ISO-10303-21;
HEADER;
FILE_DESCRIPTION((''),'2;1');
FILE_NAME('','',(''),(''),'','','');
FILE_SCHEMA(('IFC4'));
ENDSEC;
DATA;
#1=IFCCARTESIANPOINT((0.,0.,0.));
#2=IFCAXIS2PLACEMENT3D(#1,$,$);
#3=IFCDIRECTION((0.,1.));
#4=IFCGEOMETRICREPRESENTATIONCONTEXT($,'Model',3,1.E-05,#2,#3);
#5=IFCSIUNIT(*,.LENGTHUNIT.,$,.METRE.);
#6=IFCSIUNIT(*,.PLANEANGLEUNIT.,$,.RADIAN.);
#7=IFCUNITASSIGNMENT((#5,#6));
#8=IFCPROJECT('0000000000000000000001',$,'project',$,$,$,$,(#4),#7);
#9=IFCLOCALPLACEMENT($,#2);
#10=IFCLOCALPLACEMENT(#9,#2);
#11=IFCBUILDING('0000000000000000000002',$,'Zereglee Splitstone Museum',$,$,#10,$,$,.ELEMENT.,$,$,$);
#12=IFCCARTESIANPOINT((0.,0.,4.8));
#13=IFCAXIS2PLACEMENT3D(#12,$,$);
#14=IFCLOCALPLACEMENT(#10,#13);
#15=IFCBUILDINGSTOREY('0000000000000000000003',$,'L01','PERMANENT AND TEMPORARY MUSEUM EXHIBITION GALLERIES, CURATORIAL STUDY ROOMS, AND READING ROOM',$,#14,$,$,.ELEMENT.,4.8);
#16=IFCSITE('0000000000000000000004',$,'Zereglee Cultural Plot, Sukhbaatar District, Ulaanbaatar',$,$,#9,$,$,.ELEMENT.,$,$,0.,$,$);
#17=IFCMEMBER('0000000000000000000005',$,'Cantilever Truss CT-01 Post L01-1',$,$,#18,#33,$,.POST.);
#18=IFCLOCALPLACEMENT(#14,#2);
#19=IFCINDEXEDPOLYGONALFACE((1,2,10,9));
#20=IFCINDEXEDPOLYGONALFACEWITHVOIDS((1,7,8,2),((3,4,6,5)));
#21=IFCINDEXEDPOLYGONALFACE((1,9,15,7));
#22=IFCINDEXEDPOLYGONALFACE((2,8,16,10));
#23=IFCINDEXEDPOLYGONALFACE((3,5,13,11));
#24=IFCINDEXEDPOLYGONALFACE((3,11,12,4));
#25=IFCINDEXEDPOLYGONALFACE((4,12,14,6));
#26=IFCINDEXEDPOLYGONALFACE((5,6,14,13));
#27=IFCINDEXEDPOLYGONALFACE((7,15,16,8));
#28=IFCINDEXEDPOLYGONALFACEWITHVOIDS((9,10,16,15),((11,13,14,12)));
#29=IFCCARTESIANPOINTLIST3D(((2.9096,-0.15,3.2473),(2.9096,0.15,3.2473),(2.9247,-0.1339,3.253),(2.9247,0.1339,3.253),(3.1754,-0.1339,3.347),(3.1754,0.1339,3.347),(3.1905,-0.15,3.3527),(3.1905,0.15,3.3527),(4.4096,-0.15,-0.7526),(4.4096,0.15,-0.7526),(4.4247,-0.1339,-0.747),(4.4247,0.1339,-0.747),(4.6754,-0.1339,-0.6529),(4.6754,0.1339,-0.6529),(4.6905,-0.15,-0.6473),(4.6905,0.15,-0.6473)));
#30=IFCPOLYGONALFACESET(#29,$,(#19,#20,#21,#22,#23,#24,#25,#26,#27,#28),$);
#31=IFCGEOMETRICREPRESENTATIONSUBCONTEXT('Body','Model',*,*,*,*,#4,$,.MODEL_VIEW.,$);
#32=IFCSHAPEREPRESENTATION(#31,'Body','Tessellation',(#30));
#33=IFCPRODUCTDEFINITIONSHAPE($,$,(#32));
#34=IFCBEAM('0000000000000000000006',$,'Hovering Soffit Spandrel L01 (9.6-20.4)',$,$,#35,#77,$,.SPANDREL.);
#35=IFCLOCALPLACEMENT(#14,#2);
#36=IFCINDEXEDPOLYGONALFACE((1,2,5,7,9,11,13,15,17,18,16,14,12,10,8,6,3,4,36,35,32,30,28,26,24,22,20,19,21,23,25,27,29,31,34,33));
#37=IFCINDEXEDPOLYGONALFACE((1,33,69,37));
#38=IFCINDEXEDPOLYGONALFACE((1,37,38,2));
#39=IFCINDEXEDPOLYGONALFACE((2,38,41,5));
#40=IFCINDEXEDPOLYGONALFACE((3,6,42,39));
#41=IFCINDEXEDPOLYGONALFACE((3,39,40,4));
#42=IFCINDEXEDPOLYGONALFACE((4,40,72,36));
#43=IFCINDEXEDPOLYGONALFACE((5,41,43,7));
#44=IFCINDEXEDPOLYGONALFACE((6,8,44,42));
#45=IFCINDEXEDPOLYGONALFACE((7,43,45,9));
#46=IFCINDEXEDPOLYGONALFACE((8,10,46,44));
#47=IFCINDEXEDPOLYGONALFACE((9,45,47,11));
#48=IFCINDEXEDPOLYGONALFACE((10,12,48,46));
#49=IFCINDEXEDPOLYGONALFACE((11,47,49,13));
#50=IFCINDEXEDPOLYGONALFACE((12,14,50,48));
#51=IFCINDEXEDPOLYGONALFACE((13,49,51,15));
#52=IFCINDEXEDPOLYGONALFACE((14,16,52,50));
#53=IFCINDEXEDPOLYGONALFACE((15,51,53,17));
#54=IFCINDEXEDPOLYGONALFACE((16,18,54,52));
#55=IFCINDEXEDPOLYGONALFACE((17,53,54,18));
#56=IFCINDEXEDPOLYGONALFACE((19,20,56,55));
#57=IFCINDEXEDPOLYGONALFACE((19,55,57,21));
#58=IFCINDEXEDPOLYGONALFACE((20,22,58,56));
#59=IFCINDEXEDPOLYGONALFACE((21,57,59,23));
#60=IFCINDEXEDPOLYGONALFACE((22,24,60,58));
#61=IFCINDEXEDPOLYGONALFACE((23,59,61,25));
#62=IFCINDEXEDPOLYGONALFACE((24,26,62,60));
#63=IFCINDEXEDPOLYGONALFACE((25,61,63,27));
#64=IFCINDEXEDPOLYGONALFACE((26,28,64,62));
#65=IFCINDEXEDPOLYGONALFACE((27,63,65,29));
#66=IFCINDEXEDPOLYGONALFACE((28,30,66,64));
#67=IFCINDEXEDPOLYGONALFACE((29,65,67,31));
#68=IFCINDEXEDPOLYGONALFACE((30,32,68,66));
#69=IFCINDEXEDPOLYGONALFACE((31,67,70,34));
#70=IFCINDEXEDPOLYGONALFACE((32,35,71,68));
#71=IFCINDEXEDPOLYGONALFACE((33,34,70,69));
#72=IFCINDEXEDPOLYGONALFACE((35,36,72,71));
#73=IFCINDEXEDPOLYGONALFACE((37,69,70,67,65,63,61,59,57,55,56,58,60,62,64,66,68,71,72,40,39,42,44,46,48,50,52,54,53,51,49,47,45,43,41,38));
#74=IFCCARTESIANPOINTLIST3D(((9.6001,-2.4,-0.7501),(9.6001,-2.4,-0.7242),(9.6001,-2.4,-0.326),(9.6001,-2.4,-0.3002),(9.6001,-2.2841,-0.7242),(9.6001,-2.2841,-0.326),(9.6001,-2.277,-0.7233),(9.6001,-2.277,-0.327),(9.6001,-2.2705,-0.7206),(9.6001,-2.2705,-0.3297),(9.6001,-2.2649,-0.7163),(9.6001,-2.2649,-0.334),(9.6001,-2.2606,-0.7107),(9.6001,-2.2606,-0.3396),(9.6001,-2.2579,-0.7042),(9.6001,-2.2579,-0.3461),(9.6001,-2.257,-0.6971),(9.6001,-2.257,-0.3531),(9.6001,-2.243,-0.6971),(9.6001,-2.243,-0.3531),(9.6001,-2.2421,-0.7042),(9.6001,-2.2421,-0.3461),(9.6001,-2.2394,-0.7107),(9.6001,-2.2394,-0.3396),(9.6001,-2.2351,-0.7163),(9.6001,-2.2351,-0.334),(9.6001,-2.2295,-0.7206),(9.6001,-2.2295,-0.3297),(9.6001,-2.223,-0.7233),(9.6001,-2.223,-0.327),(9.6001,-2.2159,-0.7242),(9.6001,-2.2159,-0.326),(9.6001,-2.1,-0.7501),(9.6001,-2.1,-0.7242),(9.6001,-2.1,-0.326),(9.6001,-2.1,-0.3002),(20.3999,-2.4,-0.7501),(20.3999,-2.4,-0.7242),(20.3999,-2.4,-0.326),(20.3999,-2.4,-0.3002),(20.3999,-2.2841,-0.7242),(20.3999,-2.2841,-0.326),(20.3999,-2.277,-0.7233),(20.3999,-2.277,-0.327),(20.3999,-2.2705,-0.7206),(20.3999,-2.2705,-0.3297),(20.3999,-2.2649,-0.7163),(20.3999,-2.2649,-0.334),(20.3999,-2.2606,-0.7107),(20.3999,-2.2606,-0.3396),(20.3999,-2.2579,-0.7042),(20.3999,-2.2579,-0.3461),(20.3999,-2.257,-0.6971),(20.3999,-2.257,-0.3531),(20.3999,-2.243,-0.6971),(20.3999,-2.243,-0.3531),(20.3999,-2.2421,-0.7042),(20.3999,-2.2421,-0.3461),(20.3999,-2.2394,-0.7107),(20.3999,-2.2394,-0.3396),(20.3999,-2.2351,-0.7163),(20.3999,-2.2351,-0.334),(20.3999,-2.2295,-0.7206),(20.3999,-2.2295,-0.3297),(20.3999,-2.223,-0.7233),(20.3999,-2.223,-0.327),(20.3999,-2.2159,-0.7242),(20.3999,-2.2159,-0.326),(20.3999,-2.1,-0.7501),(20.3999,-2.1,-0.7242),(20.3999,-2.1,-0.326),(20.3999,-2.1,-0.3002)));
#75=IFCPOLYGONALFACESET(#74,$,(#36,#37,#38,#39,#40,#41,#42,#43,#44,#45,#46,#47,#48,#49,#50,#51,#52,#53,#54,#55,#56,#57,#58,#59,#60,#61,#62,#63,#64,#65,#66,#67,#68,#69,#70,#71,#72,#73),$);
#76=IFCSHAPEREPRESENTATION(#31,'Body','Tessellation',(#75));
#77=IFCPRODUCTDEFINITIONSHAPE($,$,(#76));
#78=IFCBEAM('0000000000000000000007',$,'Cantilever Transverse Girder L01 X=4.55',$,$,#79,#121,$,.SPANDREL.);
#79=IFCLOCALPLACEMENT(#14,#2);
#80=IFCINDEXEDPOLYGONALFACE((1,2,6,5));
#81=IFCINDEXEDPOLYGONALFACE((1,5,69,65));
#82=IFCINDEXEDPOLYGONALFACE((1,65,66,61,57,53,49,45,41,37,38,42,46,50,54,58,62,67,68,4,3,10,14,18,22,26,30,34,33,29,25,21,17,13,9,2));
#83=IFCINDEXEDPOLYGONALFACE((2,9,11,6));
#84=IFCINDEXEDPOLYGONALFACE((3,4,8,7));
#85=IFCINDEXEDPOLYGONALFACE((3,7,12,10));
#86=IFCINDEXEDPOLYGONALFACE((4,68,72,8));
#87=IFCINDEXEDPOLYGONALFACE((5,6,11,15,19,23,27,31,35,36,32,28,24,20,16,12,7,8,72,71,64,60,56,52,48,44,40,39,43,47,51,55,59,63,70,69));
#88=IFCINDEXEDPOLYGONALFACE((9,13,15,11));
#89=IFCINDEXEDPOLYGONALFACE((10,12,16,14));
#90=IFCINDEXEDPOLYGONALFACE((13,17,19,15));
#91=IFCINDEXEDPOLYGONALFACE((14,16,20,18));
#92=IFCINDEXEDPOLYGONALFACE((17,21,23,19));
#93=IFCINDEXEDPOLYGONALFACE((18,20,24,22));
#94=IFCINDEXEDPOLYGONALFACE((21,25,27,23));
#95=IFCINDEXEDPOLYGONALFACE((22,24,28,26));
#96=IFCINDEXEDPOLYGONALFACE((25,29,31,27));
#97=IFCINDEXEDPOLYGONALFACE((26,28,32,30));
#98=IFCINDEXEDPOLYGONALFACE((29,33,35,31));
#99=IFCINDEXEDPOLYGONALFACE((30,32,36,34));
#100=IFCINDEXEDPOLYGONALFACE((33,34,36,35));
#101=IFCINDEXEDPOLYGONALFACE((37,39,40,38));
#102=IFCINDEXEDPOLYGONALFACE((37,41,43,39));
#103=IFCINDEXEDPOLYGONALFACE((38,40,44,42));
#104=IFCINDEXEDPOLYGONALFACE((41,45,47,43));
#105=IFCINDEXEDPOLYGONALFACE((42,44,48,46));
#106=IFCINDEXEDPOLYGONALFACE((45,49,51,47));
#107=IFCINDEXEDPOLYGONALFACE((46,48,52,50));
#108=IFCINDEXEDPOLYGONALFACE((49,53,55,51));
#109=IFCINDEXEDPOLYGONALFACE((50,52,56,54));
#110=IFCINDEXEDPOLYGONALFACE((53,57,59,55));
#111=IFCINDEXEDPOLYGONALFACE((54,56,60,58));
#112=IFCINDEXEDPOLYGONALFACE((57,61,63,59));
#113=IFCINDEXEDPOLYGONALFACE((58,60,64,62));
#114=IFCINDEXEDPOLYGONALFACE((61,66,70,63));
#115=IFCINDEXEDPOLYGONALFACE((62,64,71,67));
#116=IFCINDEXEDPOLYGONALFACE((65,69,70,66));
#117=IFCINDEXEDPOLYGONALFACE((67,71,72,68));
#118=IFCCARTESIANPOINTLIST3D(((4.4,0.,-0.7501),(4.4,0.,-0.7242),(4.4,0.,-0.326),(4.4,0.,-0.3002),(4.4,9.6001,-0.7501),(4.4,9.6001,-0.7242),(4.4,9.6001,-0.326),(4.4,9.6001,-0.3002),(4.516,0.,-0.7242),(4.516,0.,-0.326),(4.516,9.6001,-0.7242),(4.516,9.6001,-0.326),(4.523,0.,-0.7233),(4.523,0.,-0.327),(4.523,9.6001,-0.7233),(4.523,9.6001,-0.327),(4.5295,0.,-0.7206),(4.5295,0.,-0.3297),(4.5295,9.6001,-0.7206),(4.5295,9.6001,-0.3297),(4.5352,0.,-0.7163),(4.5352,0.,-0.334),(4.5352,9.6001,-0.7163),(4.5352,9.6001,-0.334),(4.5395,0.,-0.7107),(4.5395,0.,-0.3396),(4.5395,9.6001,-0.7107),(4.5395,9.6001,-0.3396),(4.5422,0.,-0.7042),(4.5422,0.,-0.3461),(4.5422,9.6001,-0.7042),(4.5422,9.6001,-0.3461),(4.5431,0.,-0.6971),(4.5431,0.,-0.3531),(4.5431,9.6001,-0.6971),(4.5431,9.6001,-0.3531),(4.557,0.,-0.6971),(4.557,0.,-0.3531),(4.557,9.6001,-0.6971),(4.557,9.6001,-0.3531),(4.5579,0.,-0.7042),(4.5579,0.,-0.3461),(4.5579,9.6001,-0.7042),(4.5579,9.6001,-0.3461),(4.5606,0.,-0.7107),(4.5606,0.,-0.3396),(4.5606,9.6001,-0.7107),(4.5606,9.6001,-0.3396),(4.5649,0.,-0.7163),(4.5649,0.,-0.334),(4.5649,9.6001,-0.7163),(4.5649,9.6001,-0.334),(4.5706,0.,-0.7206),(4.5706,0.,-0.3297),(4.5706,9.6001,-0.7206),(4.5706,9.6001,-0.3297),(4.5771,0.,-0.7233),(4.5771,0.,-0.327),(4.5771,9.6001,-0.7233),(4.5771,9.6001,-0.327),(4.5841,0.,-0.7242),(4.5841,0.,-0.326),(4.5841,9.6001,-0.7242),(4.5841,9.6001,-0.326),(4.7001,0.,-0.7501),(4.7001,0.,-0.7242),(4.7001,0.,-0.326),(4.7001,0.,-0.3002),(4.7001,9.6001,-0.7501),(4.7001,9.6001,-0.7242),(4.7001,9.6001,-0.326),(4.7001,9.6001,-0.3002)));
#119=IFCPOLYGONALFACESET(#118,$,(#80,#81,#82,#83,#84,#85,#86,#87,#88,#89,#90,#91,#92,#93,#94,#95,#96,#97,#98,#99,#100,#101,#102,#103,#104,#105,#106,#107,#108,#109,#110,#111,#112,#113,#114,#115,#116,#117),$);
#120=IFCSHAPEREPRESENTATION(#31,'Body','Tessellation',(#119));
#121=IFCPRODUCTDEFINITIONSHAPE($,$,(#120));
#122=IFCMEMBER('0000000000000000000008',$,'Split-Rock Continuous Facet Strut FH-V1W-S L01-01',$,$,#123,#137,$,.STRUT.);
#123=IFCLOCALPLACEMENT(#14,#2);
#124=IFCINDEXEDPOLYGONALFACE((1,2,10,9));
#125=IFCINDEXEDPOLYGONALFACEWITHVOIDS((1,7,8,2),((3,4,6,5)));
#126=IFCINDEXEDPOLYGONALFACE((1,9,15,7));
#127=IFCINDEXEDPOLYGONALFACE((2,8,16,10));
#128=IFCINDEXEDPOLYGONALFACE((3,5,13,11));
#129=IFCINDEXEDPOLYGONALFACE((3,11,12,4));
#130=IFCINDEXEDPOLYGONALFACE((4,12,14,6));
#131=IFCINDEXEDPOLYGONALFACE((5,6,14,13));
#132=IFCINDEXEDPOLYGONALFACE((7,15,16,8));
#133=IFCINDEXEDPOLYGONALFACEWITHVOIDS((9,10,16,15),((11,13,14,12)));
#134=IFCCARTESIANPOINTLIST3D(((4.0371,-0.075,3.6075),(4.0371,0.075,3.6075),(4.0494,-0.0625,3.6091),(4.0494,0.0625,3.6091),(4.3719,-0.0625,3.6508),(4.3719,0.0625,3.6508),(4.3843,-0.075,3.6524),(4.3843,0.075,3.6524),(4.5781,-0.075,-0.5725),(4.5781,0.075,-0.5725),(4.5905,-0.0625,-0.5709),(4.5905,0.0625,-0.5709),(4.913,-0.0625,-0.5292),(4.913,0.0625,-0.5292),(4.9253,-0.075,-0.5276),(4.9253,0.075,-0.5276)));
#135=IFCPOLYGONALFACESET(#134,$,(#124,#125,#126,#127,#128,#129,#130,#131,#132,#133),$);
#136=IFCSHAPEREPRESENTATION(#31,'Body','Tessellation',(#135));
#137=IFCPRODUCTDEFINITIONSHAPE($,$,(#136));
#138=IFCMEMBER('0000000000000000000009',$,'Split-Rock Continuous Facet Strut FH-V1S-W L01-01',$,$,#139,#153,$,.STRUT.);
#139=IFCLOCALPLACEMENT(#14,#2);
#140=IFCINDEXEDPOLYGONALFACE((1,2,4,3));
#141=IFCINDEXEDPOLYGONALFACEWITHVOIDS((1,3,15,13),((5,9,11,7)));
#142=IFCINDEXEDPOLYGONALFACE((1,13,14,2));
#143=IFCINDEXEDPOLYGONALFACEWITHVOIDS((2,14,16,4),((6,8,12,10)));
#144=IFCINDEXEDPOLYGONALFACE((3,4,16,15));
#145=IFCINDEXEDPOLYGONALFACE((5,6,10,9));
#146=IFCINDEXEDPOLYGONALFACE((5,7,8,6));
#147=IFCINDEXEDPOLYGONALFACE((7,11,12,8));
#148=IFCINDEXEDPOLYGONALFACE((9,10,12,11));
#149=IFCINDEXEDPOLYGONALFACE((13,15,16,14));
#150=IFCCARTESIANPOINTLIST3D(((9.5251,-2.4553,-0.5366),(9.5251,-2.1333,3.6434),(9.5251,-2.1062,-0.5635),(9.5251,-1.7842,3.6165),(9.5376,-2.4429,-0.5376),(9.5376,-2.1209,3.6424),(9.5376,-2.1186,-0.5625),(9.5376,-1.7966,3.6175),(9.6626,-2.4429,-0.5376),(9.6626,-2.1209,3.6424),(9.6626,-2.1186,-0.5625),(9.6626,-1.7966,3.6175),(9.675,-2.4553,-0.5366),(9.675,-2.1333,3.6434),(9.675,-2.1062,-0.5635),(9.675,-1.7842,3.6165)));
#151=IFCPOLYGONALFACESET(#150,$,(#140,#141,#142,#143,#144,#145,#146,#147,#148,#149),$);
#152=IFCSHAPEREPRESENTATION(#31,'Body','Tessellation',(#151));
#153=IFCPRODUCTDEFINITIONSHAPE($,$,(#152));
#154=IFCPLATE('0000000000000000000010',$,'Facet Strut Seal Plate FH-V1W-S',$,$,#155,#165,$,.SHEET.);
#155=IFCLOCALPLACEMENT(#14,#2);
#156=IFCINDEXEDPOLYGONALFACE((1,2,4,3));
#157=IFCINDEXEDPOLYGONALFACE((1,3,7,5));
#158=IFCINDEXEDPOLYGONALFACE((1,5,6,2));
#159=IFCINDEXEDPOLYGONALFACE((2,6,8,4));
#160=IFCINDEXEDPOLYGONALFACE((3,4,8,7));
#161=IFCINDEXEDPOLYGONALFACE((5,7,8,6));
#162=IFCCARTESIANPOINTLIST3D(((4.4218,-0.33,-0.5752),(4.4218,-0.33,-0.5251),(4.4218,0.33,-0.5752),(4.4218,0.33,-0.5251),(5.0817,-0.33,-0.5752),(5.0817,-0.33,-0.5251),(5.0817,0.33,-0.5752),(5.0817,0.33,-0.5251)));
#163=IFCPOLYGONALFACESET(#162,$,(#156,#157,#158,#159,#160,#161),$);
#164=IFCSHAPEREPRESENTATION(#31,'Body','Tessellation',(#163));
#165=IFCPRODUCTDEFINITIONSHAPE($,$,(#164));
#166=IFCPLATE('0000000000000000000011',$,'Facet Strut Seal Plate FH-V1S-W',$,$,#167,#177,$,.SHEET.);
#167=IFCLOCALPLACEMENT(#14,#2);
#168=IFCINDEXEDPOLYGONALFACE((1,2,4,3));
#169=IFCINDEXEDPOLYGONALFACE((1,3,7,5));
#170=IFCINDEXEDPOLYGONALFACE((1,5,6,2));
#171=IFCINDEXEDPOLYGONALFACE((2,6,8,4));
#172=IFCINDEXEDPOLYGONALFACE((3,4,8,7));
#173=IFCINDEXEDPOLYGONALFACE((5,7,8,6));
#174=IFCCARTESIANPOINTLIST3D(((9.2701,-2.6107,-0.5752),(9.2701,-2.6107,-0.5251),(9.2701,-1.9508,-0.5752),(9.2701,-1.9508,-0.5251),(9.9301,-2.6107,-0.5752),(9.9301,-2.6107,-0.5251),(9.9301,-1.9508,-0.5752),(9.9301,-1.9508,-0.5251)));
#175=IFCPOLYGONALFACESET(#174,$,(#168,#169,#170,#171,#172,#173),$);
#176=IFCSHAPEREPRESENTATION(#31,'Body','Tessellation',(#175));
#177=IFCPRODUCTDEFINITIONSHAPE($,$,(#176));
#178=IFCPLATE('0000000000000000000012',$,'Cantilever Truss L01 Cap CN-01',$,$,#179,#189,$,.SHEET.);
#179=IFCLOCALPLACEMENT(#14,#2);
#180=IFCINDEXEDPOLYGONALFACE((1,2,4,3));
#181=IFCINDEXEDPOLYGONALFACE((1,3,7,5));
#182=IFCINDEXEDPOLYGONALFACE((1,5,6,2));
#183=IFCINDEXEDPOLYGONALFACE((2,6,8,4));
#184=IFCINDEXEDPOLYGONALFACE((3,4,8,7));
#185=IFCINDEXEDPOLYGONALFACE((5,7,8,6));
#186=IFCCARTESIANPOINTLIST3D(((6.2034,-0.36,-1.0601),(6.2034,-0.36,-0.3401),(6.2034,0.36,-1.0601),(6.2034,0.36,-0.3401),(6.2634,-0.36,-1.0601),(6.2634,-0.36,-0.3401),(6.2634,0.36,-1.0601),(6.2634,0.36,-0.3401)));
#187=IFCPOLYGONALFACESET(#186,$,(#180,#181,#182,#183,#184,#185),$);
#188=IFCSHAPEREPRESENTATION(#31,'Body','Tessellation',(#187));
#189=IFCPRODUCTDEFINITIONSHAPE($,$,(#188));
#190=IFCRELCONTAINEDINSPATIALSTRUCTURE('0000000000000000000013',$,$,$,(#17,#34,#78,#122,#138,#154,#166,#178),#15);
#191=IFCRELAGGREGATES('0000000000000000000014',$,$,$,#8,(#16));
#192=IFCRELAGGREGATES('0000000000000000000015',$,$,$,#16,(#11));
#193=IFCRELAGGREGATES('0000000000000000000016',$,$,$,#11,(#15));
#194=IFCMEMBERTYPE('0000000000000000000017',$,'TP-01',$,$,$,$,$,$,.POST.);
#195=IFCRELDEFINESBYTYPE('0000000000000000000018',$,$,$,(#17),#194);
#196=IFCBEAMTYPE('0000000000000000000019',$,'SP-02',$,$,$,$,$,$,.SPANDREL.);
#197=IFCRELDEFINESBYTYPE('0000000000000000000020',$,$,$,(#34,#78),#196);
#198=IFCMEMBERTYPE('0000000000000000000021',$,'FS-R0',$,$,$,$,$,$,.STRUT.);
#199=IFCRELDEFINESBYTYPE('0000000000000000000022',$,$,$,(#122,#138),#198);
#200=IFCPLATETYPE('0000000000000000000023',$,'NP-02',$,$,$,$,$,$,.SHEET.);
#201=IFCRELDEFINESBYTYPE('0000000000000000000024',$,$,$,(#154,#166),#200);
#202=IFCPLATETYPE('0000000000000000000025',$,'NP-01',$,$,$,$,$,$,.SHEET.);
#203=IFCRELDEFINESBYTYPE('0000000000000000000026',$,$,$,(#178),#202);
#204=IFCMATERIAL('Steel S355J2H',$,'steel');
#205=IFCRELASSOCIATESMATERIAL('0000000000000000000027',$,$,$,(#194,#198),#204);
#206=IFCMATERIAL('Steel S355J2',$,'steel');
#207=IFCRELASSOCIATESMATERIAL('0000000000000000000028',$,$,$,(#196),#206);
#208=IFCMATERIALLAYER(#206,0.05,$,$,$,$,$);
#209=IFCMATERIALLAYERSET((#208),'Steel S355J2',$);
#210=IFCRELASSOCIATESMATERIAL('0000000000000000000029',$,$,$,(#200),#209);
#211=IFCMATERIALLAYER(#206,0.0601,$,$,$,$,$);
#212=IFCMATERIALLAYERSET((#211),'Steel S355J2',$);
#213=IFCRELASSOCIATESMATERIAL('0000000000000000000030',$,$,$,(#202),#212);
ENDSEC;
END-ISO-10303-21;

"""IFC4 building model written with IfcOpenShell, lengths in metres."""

from ifc_helpers import new_model, si_unit, direction, frame, origin, origin_2d, place, context, subcontext, project, spatial, rectangle, hollow_rectangle, i_section, extrude, material, layer, layer_set, material_profile, profile_set, type_object, element, save


model = new_model("IFC4")

# Units and contexts
model_context = context("Model", 3, precision=1e-05, world=origin(), true_north=direction((0.0, 1.0)))
body_context = subcontext(model_context, "Body", "Model", "MODEL_VIEW")
ifc_project = project(units=[si_unit("LENGTHUNIT", "METRE"), si_unit("PLANEANGLEUNIT", "RADIAN")], contexts=[model_context])

# Site, building, storey
site_placement = place(None, origin())
site = spatial("IfcSite", under=ifc_project, at=site_placement, Name="Zereglee Cultural Plot, Sukhbaatar District, Ulaanbaatar", CompositionType="ELEMENT", RefElevation=0.0)
building_placement = place(site_placement, origin())
building = spatial("IfcBuilding", under=site, at=building_placement, Name="Zereglee Splitstone Museum", CompositionType="ELEMENT")
storey_placement = place(building_placement, frame((0.0, 0.0, 4.8)))
storey = spatial("IfcBuildingStorey", under=building, at=storey_placement, Name="L01", Description="PERMANENT AND TEMPORARY MUSEUM EXHIBITION GALLERIES, CURATORIAL STUDY ROOMS, AND READING ROOM", CompositionType="ELEMENT", Elevation=4.8)

# Shared definitions
ifc_material_1 = material(Name="Steel S355J2H", Category="steel")

# Shared definitions
ifc_material_2 = material(Name="Steel S355J2", Category="steel")

# Member
ifc_material_profile_1 = material_profile(ifc_material_1, hollow_rectangle(XDim=0.3, YDim=0.3, WallThickness=0.0161, at=origin_2d()), Name="SHS 300x300x16")
ifc_profile_set_1 = profile_set([ifc_material_profile_1], Name="Steel S355J2H")
member_type_1 = type_object("IfcMemberType", Name="TP-01", PredefinedType="POST", material=ifc_profile_set_1)
member_1_placement = place(storey_placement, frame((4.55, 0.0, -0.7), z_axis=(-0.351123, 0.0, 0.936329), x_axis=(0.0, -1.0, 0.0)))
element("IfcMember", 1, at=member_1_placement, inside=storey, type_object=member_type_1, Name="Cantilever Truss CT-01 Post L01-1", PredefinedType="POST", context=body_context, shape_type="SweptSolid", body=[
    extrude(hollow_rectangle(XDim=0.3, YDim=0.3, WallThickness=0.0161, at=origin_2d()), origin(), (0.0, 0.0, 1.0), 4.272),
])

# Beams
ifc_material_profile_2 = material_profile(ifc_material_2, i_section(OverallWidth=0.3, OverallDepth=0.45, WebThickness=0.0139, FlangeThickness=0.0259, FilletRadius=0.0271, at=origin_2d()), Name="HE 450 B")
ifc_profile_set_2 = profile_set([ifc_material_profile_2], Name="Steel S355J2")
beam_type_1 = type_object("IfcBeamType", Name="SP-02", PredefinedType="SPANDREL", material=ifc_profile_set_2)
beam_1_placement = place(storey_placement, frame((9.6001, -2.25, -0.5251), z_axis=(1.0, 0.0, 0.0), x_axis=(0.0, 1.0, 0.0)))
element("IfcBeam", 2, at=beam_1_placement, inside=storey, type_object=beam_type_1, Name="Hovering Soffit Spandrel L01 (9.6-20.4)", PredefinedType="SPANDREL", context=body_context, shape_type="SweptSolid", body=[
    extrude(i_section(OverallWidth=0.3, OverallDepth=0.45, WebThickness=0.0139, FlangeThickness=0.0259, FilletRadius=0.0271, at=origin_2d()), origin(), (0.0, 0.0, 1.0), 10.7998),
])
beam_2_placement = place(storey_placement, frame((4.55, 0.0, -0.5251), z_axis=(0.0, 1.0, 0.0), x_axis=(-1.0, 0.0, 0.0)))
element("IfcBeam", 3, at=beam_2_placement, inside=storey, type_object=beam_type_1, Name="Cantilever Transverse Girder L01 X=4.55", PredefinedType="SPANDREL", context=body_context, shape_type="SweptSolid", body=[
    extrude(i_section(OverallWidth=0.3, OverallDepth=0.45, WebThickness=0.0139, FlangeThickness=0.0259, FilletRadius=0.0271, at=origin_2d()), origin(), (0.0, 0.0, 1.0), 9.6001),
])

# Members
ifc_material_profile_3 = material_profile(ifc_material_1, hollow_rectangle(XDim=0.1499, YDim=0.3501, WallThickness=0.0125, at=origin_2d()), Name="RHS 350x150x12.5")
ifc_profile_set_3 = profile_set([ifc_material_profile_3], Name="Steel S355J2H")
member_type_2 = type_object("IfcMemberType", Name="FS-R0", PredefinedType="STRUT", material=ifc_profile_set_3)
member_2_placement = place(storey_placement, frame((4.7517, 0.0, -0.55), z_axis=(-0.128361, 0.0, 0.991728), x_axis=(0.0, -1.0, 0.0)))
element("IfcMember", 4, at=member_2_placement, inside=storey, type_object=member_type_2, Name="Split-Rock Continuous Facet Strut FH-V1W-S L01-01", PredefinedType="STRUT", context=body_context, shape_type="SweptSolid", body=[
    extrude(hollow_rectangle(XDim=0.1499, YDim=0.3501, WallThickness=0.0125, at=origin_2d()), origin(), (0.0, 0.0, 1.0), 4.2148),
])
member_3_placement = place(storey_placement, frame((9.6001, -2.2808, -0.55), z_axis=(0.0, 0.076812, 0.997046), x_axis=(-1.0, 0.0, 0.0)))
element("IfcMember", 5, at=member_3_placement, inside=storey, type_object=member_type_2, Name="Split-Rock Continuous Facet Strut FH-V1S-W L01-01", PredefinedType="STRUT", context=body_context, shape_type="SweptSolid", body=[
    extrude(hollow_rectangle(XDim=0.1499, YDim=0.3501, WallThickness=0.0125, at=origin_2d()), origin(), (0.0, 0.0, 1.0), 4.1924),
])

# Plates
ifc_layer_1 = layer(ifc_material_2, 0.05)
ifc_layer_set_1 = layer_set([ifc_layer_1], Name="Steel S355J2")
plate_type_1 = type_object("IfcPlateType", Name="NP-02", PredefinedType="SHEET", material=ifc_layer_set_1)
for number, where, z_axis, x_axis, name in (
    (6, (4.7517, 0.0, -0.5752), (0.0, 0.0, 1.0), (1.0, 0.0, 0.0), "Facet Strut Seal Plate FH-V1W-S"),
    (7, (9.6001, -2.2808, -0.5752), (0.0, 0.0, 1.0), (1.0, 0.0, 0.0), "Facet Strut Seal Plate FH-V1S-W"),
):
    element("IfcPlate", number, at=place(storey_placement, frame(where, z_axis=z_axis, x_axis=x_axis)), inside=storey, type_object=plate_type_1, Name=name, PredefinedType="SHEET", context=body_context, shape_type="SweptSolid", body=[
        extrude(rectangle(XDim=0.6599, YDim=0.6599, at=origin_2d()), origin(), (0.0, 0.0, 1.0), 0.05),
    ])
ifc_layer_2 = layer(ifc_material_2, 0.0601)
ifc_layer_set_2 = layer_set([ifc_layer_2], Name="Steel S355J2")
plate_type_2 = type_object("IfcPlateType", Name="NP-01", PredefinedType="SHEET", material=ifc_layer_set_2)
for number, where, z_axis, x_axis, name in (
    (8, (6.2334, 0.0, -1.0601), (0.0, 0.0, 1.0), (1.0, 0.0, 0.0), "Cantilever Truss L01 Cap CN-01"),
):
    element("IfcPlate", number, at=place(storey_placement, frame(where, z_axis=z_axis, x_axis=x_axis)), inside=storey, type_object=plate_type_2, Name=name, PredefinedType="SHEET", context=body_context, shape_type="SweptSolid", body=[
        extrude(rectangle(XDim=0.0601, YDim=0.72, at=origin_2d()), origin(), (0.0, 0.0, 1.0), 0.72),
    ])

save(model, "model.ifc")
